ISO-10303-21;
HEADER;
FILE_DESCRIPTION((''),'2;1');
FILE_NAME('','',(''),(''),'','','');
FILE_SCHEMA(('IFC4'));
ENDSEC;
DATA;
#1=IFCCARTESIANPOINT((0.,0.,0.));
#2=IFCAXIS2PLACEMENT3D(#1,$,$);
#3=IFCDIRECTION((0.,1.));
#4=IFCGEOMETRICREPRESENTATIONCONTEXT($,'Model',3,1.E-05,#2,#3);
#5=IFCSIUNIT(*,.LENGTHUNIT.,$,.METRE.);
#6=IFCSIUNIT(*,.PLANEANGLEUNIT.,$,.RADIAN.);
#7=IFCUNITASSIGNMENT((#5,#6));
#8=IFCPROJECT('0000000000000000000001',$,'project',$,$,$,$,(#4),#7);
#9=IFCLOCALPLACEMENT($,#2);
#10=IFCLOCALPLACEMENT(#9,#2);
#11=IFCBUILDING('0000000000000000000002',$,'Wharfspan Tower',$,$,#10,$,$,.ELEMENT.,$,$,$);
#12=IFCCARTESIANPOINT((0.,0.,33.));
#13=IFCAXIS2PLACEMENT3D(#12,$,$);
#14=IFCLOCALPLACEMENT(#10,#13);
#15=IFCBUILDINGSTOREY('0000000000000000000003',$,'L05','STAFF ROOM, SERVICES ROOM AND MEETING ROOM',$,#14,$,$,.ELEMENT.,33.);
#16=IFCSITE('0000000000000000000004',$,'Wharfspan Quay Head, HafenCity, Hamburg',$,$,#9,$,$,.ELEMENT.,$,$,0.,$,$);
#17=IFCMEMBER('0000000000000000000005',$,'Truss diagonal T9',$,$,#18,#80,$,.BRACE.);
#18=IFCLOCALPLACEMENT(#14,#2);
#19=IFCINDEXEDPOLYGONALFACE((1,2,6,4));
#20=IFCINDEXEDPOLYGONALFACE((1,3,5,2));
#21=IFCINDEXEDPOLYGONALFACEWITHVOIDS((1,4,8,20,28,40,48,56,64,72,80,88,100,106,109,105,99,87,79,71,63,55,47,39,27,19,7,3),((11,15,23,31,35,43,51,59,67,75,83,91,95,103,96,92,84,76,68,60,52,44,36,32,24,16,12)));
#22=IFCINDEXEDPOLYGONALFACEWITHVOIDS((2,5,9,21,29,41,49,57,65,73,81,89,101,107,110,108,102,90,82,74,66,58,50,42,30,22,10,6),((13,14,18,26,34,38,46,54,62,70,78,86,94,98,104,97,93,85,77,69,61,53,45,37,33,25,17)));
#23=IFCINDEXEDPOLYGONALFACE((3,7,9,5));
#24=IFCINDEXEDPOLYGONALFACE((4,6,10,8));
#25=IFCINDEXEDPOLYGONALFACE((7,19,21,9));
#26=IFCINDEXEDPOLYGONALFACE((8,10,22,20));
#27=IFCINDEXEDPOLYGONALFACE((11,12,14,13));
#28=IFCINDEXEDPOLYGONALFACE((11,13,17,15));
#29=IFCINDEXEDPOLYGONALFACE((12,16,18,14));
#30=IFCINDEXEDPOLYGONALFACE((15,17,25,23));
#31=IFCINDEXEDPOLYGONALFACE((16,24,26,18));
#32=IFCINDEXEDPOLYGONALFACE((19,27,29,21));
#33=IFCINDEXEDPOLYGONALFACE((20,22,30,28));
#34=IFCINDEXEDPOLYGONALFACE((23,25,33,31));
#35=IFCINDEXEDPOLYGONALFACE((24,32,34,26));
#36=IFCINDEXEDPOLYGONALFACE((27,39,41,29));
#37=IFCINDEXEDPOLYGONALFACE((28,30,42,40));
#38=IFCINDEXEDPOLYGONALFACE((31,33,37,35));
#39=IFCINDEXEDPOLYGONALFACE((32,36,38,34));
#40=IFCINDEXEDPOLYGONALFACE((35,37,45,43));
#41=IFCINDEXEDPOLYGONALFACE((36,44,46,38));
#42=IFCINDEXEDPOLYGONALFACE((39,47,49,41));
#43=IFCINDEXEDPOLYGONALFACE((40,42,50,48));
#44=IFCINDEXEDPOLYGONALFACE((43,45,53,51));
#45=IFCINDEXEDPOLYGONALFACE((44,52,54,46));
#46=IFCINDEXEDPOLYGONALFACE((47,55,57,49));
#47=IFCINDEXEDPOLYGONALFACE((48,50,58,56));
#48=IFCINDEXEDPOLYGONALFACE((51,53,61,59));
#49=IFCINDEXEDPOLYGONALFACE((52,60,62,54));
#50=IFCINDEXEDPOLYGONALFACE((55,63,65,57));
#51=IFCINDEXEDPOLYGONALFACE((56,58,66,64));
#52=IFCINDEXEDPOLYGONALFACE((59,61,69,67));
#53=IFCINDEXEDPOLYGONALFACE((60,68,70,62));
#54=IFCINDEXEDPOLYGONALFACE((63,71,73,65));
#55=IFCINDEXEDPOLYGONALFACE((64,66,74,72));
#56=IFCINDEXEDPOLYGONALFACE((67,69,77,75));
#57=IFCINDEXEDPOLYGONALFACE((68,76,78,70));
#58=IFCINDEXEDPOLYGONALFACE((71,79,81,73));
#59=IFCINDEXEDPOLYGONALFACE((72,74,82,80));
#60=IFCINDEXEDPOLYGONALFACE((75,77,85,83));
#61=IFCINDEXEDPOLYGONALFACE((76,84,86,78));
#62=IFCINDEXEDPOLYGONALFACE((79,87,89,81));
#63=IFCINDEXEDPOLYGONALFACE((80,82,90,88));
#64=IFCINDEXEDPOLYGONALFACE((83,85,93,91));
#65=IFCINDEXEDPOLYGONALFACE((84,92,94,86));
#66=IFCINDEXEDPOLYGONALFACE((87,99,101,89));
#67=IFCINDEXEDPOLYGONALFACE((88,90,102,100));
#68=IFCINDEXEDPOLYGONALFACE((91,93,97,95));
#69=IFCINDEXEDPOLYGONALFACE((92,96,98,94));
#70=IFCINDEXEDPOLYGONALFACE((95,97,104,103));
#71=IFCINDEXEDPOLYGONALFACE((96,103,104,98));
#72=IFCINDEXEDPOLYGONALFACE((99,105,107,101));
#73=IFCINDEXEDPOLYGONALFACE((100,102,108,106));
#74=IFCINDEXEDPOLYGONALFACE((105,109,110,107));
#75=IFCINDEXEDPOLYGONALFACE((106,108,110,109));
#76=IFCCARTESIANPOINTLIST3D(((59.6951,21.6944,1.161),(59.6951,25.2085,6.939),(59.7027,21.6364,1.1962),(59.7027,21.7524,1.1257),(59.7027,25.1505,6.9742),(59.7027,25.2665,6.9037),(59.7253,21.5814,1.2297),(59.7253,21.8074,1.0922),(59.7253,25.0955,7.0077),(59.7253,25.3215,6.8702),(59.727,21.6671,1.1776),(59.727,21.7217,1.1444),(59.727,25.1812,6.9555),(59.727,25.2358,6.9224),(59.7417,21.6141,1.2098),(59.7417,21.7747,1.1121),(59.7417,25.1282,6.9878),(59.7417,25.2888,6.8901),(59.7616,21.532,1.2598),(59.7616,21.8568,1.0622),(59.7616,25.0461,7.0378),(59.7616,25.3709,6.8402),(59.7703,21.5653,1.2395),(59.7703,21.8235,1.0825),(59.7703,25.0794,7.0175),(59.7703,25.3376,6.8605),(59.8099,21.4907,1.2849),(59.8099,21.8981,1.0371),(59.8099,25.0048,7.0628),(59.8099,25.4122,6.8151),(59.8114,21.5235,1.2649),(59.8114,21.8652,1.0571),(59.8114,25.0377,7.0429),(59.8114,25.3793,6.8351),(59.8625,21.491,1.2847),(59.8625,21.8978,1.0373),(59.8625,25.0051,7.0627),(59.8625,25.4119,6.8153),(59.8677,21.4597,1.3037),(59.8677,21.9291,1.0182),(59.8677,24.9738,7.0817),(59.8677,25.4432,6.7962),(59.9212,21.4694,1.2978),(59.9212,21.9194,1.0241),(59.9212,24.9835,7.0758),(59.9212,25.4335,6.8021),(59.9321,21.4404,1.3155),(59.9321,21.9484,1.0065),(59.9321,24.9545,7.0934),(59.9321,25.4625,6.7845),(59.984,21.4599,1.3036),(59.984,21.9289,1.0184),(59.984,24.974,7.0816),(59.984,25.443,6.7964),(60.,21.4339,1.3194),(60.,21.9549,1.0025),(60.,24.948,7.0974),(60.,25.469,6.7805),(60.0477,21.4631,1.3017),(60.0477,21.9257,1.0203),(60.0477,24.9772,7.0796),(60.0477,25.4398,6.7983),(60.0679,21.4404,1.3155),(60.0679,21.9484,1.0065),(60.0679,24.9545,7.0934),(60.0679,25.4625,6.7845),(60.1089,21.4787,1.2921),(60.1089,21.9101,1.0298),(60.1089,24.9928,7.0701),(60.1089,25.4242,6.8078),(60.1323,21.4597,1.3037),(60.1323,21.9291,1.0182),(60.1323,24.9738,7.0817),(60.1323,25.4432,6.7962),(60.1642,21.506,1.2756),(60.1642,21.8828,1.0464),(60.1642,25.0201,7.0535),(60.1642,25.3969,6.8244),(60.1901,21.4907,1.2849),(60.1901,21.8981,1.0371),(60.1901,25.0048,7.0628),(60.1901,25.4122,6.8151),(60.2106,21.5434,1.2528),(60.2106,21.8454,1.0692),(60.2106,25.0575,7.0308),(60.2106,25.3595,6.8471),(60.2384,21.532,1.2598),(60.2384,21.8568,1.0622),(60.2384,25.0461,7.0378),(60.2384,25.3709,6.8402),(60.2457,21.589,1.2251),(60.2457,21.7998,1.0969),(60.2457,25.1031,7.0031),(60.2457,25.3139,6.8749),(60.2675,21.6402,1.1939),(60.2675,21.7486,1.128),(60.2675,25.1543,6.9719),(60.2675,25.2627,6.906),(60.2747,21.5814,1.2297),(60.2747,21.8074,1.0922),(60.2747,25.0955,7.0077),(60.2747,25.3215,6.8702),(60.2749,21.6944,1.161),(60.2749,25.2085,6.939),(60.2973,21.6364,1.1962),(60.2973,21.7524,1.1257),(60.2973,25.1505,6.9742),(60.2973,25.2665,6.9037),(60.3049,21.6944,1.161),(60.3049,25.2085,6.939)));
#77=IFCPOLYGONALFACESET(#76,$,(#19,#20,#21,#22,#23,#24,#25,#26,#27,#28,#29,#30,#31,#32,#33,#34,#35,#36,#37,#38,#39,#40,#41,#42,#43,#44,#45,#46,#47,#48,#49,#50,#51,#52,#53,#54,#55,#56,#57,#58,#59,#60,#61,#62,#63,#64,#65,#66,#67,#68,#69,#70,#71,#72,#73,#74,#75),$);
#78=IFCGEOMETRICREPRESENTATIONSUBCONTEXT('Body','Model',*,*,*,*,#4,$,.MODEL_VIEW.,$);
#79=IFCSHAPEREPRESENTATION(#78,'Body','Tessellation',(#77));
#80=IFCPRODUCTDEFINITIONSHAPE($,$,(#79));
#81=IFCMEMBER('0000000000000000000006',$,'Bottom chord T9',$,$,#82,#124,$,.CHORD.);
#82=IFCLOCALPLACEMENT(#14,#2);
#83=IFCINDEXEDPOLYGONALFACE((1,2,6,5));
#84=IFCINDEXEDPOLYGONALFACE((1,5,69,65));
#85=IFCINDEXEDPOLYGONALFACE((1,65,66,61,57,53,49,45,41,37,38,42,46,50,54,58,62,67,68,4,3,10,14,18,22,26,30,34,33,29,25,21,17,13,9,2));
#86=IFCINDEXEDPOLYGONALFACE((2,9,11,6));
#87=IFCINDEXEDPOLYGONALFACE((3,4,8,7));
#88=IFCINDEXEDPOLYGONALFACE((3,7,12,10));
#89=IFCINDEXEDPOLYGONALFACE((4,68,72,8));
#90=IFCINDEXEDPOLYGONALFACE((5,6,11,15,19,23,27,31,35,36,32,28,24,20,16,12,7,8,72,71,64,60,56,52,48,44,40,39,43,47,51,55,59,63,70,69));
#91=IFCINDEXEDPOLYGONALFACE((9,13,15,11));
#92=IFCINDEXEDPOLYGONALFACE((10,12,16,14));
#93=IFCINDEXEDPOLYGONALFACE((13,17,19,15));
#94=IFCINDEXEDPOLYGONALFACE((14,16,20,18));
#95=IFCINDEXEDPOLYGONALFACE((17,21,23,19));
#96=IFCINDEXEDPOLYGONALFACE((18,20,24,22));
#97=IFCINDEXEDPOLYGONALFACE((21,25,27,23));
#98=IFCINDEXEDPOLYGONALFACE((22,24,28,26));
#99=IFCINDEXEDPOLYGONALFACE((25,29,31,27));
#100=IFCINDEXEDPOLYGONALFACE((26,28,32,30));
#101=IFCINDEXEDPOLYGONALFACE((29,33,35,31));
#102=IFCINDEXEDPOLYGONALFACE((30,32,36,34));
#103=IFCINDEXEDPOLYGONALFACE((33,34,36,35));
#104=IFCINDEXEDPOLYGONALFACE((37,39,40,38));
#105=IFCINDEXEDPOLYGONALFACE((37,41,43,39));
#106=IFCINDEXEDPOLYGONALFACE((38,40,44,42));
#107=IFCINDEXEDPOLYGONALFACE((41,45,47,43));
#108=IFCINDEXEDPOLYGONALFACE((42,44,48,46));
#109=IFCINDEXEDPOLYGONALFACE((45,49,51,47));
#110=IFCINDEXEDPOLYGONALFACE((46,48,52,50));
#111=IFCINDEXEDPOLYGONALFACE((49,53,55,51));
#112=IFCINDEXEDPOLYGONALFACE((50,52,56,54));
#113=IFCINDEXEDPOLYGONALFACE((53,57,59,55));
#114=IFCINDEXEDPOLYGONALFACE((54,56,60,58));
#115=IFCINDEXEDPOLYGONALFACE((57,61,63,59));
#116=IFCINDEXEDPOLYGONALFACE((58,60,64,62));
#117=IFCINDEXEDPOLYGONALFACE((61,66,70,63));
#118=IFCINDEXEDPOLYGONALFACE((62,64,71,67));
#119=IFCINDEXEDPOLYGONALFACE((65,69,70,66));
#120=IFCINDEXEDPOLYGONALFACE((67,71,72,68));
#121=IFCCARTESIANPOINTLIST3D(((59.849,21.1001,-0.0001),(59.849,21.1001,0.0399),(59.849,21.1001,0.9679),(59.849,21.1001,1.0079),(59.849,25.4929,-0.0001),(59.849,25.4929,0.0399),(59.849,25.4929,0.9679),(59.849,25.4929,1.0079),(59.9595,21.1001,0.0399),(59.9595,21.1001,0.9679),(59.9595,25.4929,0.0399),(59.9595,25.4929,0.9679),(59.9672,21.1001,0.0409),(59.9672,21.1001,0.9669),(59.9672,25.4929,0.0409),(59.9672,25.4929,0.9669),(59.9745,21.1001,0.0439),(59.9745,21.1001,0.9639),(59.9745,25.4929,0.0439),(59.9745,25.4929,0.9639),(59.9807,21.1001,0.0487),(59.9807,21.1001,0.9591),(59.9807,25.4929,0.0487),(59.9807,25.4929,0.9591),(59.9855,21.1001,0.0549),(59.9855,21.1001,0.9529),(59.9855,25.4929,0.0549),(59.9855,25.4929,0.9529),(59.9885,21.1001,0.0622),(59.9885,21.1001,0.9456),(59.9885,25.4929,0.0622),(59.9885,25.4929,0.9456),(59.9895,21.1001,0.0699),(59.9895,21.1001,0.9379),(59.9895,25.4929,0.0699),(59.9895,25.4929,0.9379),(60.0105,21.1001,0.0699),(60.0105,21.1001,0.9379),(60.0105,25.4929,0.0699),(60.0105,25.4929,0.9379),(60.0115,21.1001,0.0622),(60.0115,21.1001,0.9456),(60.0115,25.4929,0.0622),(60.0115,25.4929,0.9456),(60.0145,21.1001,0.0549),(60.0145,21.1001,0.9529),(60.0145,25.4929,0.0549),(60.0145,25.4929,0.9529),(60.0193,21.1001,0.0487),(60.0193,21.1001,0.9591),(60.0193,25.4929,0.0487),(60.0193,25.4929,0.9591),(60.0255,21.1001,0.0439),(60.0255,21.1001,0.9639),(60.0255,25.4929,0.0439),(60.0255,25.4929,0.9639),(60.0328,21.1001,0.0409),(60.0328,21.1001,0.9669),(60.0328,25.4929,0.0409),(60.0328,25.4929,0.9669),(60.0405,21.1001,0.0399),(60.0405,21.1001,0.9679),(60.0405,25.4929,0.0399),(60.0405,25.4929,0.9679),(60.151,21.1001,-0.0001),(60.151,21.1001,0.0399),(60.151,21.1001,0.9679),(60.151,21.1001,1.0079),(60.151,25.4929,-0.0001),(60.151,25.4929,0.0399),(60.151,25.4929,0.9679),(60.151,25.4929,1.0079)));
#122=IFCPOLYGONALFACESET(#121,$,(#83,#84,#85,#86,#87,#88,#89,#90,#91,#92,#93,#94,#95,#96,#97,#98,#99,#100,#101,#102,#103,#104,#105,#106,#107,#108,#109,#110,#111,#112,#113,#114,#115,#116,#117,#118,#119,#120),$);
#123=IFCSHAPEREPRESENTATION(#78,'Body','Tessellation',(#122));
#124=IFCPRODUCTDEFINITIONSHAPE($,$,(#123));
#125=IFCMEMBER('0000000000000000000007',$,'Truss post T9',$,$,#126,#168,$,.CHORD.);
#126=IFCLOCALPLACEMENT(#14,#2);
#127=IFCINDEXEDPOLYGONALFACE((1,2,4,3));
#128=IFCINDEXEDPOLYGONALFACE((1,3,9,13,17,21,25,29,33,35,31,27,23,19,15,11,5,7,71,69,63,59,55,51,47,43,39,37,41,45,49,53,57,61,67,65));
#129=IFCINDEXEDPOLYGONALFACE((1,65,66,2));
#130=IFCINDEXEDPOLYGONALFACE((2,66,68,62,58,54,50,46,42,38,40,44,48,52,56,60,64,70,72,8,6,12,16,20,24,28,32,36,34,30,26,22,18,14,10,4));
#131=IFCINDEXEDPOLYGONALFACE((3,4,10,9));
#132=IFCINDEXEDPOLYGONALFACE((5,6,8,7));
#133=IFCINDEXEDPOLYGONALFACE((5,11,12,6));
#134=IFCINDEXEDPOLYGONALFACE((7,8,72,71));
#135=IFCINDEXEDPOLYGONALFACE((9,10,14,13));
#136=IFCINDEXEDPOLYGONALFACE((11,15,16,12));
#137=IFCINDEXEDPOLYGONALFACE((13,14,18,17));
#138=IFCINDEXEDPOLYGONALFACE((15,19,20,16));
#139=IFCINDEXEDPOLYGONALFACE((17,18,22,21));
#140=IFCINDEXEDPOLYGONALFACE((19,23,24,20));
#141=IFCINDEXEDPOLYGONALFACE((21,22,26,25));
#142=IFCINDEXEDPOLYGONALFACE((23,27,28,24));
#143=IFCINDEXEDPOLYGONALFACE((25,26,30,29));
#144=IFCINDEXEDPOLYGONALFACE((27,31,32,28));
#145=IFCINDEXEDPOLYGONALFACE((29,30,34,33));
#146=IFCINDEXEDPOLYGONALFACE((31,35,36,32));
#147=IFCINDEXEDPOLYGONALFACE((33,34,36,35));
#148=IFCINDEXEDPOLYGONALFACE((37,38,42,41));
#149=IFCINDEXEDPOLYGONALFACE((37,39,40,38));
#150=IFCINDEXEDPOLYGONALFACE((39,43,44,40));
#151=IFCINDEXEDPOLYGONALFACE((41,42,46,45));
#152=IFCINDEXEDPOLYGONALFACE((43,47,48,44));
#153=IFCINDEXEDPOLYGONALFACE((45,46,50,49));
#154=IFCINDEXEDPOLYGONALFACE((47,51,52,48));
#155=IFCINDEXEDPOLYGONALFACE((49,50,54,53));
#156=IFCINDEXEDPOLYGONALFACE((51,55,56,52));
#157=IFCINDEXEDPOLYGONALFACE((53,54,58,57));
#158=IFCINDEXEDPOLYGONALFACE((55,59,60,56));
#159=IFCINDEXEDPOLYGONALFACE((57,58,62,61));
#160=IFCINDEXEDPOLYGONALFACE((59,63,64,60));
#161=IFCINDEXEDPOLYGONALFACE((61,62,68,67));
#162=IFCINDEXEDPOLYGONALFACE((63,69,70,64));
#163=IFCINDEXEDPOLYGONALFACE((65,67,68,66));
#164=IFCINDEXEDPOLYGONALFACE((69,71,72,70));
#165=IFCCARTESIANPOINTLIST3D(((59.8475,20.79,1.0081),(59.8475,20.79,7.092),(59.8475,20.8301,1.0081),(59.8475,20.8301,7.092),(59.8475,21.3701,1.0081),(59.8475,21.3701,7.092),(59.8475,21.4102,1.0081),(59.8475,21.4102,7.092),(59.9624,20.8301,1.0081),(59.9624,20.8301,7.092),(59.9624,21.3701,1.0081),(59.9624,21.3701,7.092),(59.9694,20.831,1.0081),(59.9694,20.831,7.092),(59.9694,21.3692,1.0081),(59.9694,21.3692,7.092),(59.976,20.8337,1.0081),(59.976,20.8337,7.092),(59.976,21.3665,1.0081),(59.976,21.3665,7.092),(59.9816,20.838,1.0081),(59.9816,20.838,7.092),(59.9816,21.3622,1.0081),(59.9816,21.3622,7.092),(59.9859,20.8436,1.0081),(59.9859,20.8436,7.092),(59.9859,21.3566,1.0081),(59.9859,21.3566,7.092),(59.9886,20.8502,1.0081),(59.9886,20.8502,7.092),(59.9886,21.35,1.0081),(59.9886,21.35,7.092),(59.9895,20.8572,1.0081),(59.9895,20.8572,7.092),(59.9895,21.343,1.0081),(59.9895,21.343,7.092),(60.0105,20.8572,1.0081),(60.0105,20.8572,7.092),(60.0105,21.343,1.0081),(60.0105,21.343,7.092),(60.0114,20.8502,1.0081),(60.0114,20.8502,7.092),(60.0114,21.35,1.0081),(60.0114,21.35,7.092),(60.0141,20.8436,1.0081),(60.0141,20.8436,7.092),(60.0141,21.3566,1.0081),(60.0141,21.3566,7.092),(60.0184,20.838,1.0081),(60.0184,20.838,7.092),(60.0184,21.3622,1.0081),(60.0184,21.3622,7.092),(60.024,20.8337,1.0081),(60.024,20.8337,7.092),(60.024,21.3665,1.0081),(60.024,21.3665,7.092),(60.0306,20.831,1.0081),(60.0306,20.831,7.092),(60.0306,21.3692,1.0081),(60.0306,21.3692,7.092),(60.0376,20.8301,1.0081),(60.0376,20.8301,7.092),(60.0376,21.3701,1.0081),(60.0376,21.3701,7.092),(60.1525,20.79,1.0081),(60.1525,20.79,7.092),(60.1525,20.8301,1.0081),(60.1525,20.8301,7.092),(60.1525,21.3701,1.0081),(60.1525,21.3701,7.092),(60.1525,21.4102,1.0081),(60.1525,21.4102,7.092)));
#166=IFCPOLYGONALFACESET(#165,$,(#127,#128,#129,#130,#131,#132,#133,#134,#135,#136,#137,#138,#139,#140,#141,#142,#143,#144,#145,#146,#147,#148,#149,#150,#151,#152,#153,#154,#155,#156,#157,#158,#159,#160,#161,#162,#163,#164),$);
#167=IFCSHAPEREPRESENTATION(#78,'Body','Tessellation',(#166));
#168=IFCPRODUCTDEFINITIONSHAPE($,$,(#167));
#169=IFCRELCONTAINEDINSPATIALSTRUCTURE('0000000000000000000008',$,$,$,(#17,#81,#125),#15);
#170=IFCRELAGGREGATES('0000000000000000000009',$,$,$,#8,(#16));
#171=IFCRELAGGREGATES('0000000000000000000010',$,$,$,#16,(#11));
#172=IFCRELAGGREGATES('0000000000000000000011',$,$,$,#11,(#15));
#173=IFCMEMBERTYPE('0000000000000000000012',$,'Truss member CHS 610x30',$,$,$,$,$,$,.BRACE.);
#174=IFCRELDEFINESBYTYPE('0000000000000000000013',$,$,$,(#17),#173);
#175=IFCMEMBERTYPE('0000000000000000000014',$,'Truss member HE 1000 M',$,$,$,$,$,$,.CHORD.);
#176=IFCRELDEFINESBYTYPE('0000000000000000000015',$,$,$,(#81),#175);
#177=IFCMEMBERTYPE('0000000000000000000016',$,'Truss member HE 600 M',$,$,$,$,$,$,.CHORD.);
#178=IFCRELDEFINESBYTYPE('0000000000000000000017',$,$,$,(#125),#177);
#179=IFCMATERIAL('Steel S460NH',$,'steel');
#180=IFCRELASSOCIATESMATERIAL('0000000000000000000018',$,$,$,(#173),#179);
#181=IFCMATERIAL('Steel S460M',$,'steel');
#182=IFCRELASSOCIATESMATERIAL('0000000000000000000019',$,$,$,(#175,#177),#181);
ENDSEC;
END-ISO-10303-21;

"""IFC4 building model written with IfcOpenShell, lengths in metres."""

from ifc_helpers import new_model, si_unit, direction, frame, origin, origin_2d, place, context, subcontext, project, spatial, hollow_circle, i_section, extrude, material, material_profile, profile_set, type_object, element, save


model = new_model("IFC4")

# Units and contexts
model_context = context("Model", 3, precision=1e-05, world=origin(), true_north=direction((0.0, 1.0)))
body_context = subcontext(model_context, "Body", "Model", "MODEL_VIEW")
ifc_project = project(units=[si_unit("LENGTHUNIT", "METRE"), si_unit("PLANEANGLEUNIT", "RADIAN")], contexts=[model_context])

# Site, building, storey
site_placement = place(None, origin())
site = spatial("IfcSite", under=ifc_project, at=site_placement, Name="Wharfspan Quay Head, HafenCity, Hamburg", CompositionType="ELEMENT", RefElevation=0.0)
building_placement = place(site_placement, origin())
building = spatial("IfcBuilding", under=site, at=building_placement, Name="Wharfspan Tower", CompositionType="ELEMENT")
storey_placement = place(building_placement, frame((0.0, 0.0, 33.0)))
storey = spatial("IfcBuildingStorey", under=building, at=storey_placement, Name="L05", Description="STAFF ROOM, SERVICES ROOM AND MEETING ROOM", CompositionType="ELEMENT", Elevation=33.0)

# Members
ifc_material_1 = material(Name="Steel S460NH", Category="steel")
ifc_material_profile_1 = material_profile(ifc_material_1, hollow_circle(Radius=0.3049, WallThickness=0.03, at=origin_2d()))
ifc_profile_set_1 = profile_set([ifc_material_profile_1], Name="Steel S460NH")
member_type_1 = type_object("IfcMemberType", Name="Truss member CHS 610x30", PredefinedType="BRACE", material=ifc_profile_set_1)
member_1_placement = place(storey_placement, frame((60.0, 25.2085, 6.939), z_axis=(0.0, -0.519631, -0.854391), x_axis=(1.0, 0.0, 0.0)))
element("IfcMember", 1, at=member_1_placement, inside=storey, type_object=member_type_1, Name="Truss diagonal T9", PredefinedType="BRACE", context=body_context, shape_type="SweptSolid", body=[
    extrude(hollow_circle(Radius=0.3049, WallThickness=0.03, at=origin_2d()), origin(), (0.0, 0.0, 1.0), 6.7627),
])
ifc_material_2 = material(Name="Steel S460M", Category="steel")
ifc_material_profile_2 = material_profile(ifc_material_2, i_section(OverallWidth=0.302, OverallDepth=1.0081, WebThickness=0.021, FlangeThickness=0.04, FilletRadius=0.03, at=origin_2d()))
ifc_profile_set_2 = profile_set([ifc_material_profile_2], Name="Steel S460M")
member_type_2 = type_object("IfcMemberType", Name="Truss member HE 1000 M", PredefinedType="CHORD", material=ifc_profile_set_2)
member_2_placement = place(storey_placement, frame((60.0, 21.1001, 0.5039), z_axis=(0.0, 1.0, 0.0), x_axis=(-1.0, 0.0, 0.0)))
element("IfcMember", 2, at=member_2_placement, inside=storey, type_object=member_type_2, Name="Bottom chord T9", PredefinedType="CHORD", context=body_context, shape_type="SweptSolid", body=[
    extrude(i_section(OverallWidth=0.302, OverallDepth=1.0081, WebThickness=0.021, FlangeThickness=0.04, FilletRadius=0.03, at=origin_2d()), origin(), (0.0, 0.0, 1.0), 4.3928),
])
ifc_material_profile_3 = material_profile(ifc_material_2, i_section(OverallWidth=0.3049, OverallDepth=0.6201, WebThickness=0.021, FlangeThickness=0.04, FilletRadius=0.0271, at=origin_2d()))
ifc_profile_set_3 = profile_set([ifc_material_profile_3], Name="Steel S460M")
member_type_3 = type_object("IfcMemberType", Name="Truss member HE 600 M", PredefinedType="CHORD", material=ifc_profile_set_3)
member_3_placement = place(storey_placement, frame((60.0, 21.1001, 1.0081), z_axis=(0.0, 0.0, 1.0), x_axis=(1.0, 0.0, 0.0)))
element("IfcMember", 3, at=member_3_placement, inside=storey, type_object=member_type_3, Name="Truss post T9", PredefinedType="CHORD", context=body_context, shape_type="SweptSolid", body=[
    extrude(i_section(OverallWidth=0.3049, OverallDepth=0.6201, WebThickness=0.021, FlangeThickness=0.04, FilletRadius=0.0271, at=origin_2d()), origin(), (0.0, 0.0, 1.0), 6.084),
])

save(model, "model.ifc")
